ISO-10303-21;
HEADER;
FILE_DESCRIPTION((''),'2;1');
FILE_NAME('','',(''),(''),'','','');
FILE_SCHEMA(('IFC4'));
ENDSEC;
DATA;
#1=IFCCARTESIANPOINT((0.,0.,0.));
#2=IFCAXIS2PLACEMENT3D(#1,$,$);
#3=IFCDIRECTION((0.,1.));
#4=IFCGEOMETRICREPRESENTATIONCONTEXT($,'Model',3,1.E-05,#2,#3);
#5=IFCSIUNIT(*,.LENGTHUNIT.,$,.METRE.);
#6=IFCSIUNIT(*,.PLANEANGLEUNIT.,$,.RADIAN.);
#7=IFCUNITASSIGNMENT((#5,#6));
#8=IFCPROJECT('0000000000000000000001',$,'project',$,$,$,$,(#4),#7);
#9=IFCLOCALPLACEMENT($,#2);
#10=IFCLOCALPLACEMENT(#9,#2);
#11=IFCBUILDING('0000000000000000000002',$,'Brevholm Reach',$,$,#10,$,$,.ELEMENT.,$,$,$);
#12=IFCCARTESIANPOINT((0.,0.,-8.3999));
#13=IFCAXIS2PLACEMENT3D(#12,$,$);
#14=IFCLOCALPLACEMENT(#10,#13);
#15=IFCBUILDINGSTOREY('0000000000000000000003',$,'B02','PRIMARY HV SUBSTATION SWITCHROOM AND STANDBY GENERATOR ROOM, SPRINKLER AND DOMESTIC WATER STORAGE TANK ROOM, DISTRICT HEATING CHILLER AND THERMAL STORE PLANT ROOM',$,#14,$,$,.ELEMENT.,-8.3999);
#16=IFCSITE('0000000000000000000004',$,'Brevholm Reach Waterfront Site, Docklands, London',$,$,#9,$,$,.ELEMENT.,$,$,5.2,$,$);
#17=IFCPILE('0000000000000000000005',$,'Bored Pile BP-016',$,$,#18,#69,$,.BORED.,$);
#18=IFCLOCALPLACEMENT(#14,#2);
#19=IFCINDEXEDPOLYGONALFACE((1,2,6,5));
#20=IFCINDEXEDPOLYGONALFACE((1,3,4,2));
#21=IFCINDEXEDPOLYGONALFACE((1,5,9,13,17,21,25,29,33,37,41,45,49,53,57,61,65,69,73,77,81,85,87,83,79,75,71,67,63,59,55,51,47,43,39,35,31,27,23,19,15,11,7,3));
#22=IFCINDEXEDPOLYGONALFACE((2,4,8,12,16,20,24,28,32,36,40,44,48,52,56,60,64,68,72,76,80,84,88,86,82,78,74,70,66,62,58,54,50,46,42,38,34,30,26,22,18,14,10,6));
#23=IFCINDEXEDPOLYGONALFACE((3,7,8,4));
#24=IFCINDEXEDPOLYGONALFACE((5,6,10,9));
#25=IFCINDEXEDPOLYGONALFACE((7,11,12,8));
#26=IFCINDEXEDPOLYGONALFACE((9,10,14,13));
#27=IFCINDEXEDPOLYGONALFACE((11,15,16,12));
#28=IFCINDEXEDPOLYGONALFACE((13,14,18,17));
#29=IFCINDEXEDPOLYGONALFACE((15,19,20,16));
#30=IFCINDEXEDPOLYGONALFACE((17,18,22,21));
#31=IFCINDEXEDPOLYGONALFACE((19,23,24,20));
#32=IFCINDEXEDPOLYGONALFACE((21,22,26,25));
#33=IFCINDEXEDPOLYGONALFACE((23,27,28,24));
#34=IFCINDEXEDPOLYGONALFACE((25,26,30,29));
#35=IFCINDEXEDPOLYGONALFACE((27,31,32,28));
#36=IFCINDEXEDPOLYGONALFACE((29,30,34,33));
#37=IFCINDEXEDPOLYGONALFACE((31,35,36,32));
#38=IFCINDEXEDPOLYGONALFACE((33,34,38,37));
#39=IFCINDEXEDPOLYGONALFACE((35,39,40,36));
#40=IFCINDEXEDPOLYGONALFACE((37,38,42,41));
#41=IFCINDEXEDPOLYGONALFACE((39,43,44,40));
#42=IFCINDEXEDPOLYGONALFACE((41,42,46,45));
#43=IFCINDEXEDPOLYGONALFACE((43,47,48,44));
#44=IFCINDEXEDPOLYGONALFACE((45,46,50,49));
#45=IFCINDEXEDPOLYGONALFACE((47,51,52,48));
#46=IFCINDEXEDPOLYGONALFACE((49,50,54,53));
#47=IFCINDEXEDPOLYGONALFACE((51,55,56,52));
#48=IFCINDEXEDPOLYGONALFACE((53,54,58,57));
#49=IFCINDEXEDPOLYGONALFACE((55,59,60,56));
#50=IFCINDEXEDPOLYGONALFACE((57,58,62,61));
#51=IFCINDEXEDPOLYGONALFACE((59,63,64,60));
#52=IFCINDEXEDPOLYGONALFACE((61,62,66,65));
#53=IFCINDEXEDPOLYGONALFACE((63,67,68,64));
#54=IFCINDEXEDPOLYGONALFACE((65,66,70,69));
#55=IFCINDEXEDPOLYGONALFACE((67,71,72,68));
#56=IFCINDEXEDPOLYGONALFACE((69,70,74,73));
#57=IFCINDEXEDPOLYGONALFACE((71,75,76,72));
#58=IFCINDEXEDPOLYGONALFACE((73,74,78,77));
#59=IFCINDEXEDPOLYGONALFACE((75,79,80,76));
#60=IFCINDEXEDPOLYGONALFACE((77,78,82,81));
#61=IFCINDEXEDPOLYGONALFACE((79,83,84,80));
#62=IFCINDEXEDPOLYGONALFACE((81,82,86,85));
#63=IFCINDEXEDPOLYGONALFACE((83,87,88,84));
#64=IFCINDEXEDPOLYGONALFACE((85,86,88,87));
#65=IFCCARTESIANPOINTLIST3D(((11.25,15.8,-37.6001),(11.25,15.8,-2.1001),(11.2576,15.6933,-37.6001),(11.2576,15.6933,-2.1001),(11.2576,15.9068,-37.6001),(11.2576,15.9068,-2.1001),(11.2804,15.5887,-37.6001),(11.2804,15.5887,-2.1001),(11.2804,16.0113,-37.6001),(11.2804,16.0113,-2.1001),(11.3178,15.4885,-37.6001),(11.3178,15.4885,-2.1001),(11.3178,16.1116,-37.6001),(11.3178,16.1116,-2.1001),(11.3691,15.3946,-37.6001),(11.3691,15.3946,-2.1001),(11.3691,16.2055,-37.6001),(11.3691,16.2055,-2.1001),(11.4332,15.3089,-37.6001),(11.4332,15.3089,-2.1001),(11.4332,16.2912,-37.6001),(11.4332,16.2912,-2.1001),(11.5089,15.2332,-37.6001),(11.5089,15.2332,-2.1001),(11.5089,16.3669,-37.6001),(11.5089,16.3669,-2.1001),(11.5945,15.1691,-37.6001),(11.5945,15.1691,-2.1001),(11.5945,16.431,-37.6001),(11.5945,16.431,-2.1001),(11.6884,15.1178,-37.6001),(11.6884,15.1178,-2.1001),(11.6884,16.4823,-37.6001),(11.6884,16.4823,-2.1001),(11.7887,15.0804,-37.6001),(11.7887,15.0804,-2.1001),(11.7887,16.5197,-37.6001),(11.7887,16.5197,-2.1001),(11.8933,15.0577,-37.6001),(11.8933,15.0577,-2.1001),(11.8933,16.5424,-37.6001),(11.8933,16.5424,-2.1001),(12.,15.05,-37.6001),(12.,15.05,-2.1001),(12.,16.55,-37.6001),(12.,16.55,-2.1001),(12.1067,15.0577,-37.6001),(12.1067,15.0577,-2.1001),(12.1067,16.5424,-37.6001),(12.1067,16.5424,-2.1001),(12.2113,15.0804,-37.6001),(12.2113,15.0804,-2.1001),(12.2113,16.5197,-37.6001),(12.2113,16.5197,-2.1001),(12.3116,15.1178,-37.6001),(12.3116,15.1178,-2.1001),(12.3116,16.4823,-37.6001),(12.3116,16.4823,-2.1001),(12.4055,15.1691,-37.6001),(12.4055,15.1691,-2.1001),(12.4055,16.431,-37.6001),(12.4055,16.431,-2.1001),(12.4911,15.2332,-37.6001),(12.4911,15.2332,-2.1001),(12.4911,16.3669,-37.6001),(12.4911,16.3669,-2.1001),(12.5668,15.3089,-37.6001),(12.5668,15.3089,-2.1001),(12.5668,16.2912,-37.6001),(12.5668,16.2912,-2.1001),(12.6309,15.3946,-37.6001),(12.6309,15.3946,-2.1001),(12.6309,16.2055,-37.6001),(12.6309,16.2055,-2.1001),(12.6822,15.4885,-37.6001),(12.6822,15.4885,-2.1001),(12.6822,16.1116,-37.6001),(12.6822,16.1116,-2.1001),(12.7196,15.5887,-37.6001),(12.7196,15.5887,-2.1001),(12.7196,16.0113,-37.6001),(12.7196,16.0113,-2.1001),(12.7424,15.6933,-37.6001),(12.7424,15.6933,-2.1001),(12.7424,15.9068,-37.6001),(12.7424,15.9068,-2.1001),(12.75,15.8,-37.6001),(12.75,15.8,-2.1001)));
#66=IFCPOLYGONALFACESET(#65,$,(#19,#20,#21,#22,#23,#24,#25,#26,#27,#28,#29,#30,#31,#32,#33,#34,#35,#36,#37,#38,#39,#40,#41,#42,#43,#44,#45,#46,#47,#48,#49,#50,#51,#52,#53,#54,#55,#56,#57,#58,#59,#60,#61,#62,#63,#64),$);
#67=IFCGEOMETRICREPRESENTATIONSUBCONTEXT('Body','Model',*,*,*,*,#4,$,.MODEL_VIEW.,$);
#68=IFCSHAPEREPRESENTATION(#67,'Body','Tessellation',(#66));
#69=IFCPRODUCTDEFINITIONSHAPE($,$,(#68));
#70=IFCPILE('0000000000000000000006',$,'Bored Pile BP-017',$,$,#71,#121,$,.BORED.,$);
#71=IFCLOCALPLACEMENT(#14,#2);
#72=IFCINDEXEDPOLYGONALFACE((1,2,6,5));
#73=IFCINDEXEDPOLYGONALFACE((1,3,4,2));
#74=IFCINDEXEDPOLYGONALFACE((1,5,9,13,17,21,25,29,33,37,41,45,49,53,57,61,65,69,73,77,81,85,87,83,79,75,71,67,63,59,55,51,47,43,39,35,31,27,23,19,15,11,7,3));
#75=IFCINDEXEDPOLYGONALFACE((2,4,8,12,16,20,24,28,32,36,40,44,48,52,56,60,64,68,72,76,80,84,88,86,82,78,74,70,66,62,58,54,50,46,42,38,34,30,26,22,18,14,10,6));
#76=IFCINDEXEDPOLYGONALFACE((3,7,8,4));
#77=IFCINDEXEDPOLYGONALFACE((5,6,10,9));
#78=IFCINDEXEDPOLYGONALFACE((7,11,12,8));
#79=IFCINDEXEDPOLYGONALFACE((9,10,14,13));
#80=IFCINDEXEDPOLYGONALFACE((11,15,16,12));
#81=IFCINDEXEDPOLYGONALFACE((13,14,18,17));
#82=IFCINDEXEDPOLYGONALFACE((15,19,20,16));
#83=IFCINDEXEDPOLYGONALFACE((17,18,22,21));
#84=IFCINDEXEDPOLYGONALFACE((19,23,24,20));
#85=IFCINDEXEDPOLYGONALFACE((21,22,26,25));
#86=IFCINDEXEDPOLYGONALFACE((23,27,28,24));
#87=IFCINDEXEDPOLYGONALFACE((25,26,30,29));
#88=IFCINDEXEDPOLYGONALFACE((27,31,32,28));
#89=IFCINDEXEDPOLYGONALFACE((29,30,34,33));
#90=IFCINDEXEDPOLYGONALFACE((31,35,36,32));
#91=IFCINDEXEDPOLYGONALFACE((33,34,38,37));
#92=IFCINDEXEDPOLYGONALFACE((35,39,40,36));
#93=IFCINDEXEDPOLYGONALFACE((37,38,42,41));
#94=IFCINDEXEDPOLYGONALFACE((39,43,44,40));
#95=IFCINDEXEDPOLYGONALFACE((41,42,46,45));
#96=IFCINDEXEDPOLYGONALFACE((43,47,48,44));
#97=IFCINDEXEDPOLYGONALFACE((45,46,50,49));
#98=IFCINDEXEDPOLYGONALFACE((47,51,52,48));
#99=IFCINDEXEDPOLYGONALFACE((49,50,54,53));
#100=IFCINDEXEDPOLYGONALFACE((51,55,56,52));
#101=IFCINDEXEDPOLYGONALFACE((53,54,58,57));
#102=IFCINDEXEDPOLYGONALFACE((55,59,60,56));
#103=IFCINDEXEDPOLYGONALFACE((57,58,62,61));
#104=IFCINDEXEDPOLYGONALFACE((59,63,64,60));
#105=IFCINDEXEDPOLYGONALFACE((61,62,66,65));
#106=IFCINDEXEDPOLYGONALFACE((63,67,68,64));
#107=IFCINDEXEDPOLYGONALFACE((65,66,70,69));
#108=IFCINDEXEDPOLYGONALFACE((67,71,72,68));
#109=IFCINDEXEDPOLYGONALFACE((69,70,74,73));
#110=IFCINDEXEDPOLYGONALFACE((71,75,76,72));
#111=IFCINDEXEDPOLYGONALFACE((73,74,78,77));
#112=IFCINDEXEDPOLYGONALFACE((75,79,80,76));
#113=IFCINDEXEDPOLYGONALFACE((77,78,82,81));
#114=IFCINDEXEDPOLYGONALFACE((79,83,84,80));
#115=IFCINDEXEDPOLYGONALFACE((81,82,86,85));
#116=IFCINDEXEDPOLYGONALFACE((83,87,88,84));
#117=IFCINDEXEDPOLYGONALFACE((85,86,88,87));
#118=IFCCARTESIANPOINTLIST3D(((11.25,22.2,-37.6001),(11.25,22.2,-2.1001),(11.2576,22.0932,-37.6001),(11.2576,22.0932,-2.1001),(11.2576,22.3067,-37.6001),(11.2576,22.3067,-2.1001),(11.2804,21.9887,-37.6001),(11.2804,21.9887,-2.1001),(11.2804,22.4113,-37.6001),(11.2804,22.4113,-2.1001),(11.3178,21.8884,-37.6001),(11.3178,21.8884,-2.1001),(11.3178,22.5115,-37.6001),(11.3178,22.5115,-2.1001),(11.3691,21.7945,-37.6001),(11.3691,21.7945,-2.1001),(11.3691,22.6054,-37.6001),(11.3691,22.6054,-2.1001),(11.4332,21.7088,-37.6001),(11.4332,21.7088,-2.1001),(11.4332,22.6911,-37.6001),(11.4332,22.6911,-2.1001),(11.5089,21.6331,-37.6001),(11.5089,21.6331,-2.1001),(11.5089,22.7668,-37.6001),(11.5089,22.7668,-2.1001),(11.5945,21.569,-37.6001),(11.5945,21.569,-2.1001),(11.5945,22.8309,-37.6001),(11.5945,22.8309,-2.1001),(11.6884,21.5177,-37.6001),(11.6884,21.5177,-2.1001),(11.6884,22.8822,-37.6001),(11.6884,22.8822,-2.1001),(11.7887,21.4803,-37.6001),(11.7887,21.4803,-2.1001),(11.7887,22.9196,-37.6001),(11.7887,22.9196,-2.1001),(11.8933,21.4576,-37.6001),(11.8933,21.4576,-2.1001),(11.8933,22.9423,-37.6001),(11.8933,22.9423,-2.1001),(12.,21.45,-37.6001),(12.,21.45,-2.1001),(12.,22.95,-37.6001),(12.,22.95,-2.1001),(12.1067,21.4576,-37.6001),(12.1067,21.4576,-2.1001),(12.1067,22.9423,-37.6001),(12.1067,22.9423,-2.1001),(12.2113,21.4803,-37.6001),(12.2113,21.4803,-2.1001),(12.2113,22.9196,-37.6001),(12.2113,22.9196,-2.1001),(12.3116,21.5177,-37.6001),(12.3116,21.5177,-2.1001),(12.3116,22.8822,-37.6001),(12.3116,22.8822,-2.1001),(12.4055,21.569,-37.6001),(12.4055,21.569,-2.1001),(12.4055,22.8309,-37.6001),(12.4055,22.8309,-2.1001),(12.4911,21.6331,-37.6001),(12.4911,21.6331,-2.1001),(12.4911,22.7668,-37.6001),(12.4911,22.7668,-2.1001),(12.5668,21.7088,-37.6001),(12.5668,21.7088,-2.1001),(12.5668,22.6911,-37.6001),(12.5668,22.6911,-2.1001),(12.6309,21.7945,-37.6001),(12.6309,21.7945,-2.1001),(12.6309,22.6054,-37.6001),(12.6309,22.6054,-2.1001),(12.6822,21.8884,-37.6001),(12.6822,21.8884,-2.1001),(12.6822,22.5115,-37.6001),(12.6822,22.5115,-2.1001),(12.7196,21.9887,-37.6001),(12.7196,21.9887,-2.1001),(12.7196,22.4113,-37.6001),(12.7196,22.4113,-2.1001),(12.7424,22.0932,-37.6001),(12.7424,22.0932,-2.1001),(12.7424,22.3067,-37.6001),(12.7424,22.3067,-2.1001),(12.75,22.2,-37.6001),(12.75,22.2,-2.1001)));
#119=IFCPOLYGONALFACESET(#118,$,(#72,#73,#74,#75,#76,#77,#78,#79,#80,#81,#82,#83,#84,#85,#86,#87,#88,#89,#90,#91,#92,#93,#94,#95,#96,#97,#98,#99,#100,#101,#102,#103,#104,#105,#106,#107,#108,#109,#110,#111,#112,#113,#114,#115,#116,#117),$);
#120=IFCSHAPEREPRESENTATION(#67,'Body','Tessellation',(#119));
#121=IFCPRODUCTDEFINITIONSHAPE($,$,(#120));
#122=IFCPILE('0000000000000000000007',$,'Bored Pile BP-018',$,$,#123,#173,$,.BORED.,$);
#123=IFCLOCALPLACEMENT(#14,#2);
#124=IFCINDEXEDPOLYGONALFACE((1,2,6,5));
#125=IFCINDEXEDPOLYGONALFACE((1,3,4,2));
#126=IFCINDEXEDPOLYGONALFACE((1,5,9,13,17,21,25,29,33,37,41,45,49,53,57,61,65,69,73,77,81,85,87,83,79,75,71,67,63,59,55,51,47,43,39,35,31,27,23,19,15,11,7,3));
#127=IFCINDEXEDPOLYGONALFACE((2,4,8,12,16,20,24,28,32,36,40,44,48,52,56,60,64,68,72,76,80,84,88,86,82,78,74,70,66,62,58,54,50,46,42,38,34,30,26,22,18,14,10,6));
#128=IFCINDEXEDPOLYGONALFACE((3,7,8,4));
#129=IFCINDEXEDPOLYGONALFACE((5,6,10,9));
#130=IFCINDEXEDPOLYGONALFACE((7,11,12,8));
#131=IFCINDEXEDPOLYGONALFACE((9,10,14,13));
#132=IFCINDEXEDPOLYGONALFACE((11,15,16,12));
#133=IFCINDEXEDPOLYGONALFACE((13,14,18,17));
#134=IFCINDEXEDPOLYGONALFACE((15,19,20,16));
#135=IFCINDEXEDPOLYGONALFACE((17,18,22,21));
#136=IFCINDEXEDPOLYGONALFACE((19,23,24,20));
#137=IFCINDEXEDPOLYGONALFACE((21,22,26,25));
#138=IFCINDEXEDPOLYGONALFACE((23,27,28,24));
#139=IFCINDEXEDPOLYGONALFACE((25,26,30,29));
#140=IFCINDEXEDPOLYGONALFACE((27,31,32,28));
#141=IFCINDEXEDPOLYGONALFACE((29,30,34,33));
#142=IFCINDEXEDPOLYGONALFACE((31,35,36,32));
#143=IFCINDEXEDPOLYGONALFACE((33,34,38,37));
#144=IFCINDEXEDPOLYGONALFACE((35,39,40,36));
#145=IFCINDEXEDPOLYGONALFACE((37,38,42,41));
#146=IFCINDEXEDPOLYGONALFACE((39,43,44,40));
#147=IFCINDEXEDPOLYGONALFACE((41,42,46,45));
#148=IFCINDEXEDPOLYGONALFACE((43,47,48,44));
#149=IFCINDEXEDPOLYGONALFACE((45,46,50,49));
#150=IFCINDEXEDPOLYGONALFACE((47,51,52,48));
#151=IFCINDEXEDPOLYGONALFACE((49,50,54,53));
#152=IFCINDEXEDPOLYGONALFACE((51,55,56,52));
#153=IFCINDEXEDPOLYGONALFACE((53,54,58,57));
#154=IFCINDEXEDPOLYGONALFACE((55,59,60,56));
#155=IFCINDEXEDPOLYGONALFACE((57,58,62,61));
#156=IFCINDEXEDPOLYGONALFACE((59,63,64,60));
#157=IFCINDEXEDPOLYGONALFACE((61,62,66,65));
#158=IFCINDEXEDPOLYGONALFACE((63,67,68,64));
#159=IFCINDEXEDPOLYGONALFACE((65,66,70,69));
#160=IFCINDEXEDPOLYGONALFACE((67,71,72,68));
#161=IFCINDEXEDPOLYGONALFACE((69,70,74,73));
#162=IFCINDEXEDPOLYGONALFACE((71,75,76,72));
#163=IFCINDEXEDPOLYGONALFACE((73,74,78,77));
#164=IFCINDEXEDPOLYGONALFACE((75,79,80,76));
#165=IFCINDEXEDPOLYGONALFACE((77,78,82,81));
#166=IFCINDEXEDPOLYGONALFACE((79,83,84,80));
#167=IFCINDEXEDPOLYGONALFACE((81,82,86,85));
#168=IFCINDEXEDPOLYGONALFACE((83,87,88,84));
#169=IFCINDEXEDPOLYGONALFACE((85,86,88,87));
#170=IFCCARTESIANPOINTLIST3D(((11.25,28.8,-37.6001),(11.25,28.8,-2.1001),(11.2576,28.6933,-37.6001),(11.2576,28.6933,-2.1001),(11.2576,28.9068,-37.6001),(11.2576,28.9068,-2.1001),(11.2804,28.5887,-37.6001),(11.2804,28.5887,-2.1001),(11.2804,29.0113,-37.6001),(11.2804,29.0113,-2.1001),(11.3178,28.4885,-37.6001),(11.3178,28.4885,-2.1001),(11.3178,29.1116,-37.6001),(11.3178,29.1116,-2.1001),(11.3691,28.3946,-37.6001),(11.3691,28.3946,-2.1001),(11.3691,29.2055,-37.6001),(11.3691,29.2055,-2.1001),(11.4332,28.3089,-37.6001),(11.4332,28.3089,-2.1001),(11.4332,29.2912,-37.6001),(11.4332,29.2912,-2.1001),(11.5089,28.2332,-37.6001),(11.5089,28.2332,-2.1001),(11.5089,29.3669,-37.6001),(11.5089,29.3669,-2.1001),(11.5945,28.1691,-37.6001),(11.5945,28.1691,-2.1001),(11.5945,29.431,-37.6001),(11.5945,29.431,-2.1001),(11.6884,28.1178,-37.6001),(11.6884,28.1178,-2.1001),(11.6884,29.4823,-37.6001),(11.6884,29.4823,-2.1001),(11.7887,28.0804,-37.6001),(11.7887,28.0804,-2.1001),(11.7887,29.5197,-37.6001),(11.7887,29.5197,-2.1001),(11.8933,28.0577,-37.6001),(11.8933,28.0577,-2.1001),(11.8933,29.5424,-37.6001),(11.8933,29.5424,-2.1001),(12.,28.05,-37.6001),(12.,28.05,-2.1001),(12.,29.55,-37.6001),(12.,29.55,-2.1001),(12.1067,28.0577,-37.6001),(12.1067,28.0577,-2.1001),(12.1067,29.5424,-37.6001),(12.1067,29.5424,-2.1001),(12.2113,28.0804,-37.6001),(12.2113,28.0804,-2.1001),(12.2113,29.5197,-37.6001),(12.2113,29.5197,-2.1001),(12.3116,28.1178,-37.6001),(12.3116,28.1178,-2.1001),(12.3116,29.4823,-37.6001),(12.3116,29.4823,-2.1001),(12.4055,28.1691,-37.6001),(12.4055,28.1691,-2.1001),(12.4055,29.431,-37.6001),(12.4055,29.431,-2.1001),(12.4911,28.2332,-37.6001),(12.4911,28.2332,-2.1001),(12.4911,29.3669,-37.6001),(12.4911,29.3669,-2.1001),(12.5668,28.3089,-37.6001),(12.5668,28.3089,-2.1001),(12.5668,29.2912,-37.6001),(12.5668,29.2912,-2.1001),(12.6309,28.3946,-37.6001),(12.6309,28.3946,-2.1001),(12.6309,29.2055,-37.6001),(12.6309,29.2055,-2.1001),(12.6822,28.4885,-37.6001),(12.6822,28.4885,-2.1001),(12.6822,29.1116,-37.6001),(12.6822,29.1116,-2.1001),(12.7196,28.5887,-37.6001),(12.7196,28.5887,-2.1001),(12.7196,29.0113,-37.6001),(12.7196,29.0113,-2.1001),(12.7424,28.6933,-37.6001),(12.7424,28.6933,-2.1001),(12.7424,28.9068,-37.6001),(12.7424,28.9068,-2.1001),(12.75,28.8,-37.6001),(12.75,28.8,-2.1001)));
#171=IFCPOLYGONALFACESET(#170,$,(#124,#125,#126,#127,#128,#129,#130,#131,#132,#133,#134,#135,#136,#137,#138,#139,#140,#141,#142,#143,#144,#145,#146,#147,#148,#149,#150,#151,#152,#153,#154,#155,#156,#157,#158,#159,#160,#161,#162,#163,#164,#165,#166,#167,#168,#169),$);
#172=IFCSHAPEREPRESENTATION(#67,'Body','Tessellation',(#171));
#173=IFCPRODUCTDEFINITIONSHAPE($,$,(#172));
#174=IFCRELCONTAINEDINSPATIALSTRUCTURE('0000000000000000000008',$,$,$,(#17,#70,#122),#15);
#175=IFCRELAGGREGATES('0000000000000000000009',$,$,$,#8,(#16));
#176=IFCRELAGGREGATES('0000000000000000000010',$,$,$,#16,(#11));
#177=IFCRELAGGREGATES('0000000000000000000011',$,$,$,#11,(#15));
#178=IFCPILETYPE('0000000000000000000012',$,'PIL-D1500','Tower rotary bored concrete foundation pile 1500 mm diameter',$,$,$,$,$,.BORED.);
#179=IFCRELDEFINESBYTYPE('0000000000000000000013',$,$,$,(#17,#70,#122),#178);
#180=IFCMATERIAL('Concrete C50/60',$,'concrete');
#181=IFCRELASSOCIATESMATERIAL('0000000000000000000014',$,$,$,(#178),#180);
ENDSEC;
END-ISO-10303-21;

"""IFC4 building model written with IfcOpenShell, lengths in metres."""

from ifc_helpers import new_model, si_unit, direction, frame, origin, origin_2d, place, context, subcontext, project, spatial, circle, extrude, material, material_profile, profile_set, type_object, element, save


model = new_model("IFC4")

# Units and contexts
model_context = context("Model", 3, precision=1e-05, world=origin(), true_north=direction((0.0, 1.0)))
body_context = subcontext(model_context, "Body", "Model", "MODEL_VIEW")
ifc_project = project(units=[si_unit("LENGTHUNIT", "METRE"), si_unit("PLANEANGLEUNIT", "RADIAN")], contexts=[model_context])

# Site, building, storey
site_placement = place(None, origin())
site = spatial("IfcSite", under=ifc_project, at=site_placement, Name="Brevholm Reach Waterfront Site, Docklands, London", CompositionType="ELEMENT", RefElevation=5.2)
building_placement = place(site_placement, origin())
building = spatial("IfcBuilding", under=site, at=building_placement, Name="Brevholm Reach", CompositionType="ELEMENT")
storey_placement = place(building_placement, frame((0.0, 0.0, -8.3999)))
storey = spatial("IfcBuildingStorey", under=building, at=storey_placement, Name="B02", Description="PRIMARY HV SUBSTATION SWITCHROOM AND STANDBY GENERATOR ROOM, SPRINKLER AND DOMESTIC WATER STORAGE TANK ROOM, DISTRICT HEATING CHILLER AND THERMAL STORE PLANT ROOM", CompositionType="ELEMENT", Elevation=-8.3999)

# Piles
ifc_material_1 = material(Name="Concrete C50/60", Category="concrete")
ifc_material_profile_1 = material_profile(ifc_material_1, circle(Radius=0.75, at=origin_2d()), Name="PILE D1500")
ifc_profile_set_1 = profile_set([ifc_material_profile_1], Name="Concrete C50/60")
pile_type = type_object("IfcPileType", Name="PIL-D1500", Description="Tower rotary bored concrete foundation pile 1500 mm diameter", PredefinedType="BORED", material=ifc_profile_set_1)
for number, where, z_axis, x_axis, name in (
    (1, (12.0, 15.8, -2.1001), (0.0, 0.0, -1.0), (1.0, 0.0, 0.0), "Bored Pile BP-016"),
    (2, (12.0, 22.2, -2.1001), (0.0, 0.0, -1.0), (1.0, 0.0, 0.0), "Bored Pile BP-017"),
    (3, (12.0, 28.8, -2.1001), (0.0, 0.0, -1.0), (1.0, 0.0, 0.0), "Bored Pile BP-018"),
):
    element("IfcPile", number, at=place(storey_placement, frame(where, z_axis=z_axis, x_axis=x_axis)), inside=storey, type_object=pile_type, Name=name, PredefinedType="BORED", context=body_context, shape_type="SweptSolid", body=[
        extrude(circle(Radius=0.75, at=origin_2d()), origin(), (0.0, 0.0, 1.0), 35.5),
    ])

save(model, "model.ifc")
